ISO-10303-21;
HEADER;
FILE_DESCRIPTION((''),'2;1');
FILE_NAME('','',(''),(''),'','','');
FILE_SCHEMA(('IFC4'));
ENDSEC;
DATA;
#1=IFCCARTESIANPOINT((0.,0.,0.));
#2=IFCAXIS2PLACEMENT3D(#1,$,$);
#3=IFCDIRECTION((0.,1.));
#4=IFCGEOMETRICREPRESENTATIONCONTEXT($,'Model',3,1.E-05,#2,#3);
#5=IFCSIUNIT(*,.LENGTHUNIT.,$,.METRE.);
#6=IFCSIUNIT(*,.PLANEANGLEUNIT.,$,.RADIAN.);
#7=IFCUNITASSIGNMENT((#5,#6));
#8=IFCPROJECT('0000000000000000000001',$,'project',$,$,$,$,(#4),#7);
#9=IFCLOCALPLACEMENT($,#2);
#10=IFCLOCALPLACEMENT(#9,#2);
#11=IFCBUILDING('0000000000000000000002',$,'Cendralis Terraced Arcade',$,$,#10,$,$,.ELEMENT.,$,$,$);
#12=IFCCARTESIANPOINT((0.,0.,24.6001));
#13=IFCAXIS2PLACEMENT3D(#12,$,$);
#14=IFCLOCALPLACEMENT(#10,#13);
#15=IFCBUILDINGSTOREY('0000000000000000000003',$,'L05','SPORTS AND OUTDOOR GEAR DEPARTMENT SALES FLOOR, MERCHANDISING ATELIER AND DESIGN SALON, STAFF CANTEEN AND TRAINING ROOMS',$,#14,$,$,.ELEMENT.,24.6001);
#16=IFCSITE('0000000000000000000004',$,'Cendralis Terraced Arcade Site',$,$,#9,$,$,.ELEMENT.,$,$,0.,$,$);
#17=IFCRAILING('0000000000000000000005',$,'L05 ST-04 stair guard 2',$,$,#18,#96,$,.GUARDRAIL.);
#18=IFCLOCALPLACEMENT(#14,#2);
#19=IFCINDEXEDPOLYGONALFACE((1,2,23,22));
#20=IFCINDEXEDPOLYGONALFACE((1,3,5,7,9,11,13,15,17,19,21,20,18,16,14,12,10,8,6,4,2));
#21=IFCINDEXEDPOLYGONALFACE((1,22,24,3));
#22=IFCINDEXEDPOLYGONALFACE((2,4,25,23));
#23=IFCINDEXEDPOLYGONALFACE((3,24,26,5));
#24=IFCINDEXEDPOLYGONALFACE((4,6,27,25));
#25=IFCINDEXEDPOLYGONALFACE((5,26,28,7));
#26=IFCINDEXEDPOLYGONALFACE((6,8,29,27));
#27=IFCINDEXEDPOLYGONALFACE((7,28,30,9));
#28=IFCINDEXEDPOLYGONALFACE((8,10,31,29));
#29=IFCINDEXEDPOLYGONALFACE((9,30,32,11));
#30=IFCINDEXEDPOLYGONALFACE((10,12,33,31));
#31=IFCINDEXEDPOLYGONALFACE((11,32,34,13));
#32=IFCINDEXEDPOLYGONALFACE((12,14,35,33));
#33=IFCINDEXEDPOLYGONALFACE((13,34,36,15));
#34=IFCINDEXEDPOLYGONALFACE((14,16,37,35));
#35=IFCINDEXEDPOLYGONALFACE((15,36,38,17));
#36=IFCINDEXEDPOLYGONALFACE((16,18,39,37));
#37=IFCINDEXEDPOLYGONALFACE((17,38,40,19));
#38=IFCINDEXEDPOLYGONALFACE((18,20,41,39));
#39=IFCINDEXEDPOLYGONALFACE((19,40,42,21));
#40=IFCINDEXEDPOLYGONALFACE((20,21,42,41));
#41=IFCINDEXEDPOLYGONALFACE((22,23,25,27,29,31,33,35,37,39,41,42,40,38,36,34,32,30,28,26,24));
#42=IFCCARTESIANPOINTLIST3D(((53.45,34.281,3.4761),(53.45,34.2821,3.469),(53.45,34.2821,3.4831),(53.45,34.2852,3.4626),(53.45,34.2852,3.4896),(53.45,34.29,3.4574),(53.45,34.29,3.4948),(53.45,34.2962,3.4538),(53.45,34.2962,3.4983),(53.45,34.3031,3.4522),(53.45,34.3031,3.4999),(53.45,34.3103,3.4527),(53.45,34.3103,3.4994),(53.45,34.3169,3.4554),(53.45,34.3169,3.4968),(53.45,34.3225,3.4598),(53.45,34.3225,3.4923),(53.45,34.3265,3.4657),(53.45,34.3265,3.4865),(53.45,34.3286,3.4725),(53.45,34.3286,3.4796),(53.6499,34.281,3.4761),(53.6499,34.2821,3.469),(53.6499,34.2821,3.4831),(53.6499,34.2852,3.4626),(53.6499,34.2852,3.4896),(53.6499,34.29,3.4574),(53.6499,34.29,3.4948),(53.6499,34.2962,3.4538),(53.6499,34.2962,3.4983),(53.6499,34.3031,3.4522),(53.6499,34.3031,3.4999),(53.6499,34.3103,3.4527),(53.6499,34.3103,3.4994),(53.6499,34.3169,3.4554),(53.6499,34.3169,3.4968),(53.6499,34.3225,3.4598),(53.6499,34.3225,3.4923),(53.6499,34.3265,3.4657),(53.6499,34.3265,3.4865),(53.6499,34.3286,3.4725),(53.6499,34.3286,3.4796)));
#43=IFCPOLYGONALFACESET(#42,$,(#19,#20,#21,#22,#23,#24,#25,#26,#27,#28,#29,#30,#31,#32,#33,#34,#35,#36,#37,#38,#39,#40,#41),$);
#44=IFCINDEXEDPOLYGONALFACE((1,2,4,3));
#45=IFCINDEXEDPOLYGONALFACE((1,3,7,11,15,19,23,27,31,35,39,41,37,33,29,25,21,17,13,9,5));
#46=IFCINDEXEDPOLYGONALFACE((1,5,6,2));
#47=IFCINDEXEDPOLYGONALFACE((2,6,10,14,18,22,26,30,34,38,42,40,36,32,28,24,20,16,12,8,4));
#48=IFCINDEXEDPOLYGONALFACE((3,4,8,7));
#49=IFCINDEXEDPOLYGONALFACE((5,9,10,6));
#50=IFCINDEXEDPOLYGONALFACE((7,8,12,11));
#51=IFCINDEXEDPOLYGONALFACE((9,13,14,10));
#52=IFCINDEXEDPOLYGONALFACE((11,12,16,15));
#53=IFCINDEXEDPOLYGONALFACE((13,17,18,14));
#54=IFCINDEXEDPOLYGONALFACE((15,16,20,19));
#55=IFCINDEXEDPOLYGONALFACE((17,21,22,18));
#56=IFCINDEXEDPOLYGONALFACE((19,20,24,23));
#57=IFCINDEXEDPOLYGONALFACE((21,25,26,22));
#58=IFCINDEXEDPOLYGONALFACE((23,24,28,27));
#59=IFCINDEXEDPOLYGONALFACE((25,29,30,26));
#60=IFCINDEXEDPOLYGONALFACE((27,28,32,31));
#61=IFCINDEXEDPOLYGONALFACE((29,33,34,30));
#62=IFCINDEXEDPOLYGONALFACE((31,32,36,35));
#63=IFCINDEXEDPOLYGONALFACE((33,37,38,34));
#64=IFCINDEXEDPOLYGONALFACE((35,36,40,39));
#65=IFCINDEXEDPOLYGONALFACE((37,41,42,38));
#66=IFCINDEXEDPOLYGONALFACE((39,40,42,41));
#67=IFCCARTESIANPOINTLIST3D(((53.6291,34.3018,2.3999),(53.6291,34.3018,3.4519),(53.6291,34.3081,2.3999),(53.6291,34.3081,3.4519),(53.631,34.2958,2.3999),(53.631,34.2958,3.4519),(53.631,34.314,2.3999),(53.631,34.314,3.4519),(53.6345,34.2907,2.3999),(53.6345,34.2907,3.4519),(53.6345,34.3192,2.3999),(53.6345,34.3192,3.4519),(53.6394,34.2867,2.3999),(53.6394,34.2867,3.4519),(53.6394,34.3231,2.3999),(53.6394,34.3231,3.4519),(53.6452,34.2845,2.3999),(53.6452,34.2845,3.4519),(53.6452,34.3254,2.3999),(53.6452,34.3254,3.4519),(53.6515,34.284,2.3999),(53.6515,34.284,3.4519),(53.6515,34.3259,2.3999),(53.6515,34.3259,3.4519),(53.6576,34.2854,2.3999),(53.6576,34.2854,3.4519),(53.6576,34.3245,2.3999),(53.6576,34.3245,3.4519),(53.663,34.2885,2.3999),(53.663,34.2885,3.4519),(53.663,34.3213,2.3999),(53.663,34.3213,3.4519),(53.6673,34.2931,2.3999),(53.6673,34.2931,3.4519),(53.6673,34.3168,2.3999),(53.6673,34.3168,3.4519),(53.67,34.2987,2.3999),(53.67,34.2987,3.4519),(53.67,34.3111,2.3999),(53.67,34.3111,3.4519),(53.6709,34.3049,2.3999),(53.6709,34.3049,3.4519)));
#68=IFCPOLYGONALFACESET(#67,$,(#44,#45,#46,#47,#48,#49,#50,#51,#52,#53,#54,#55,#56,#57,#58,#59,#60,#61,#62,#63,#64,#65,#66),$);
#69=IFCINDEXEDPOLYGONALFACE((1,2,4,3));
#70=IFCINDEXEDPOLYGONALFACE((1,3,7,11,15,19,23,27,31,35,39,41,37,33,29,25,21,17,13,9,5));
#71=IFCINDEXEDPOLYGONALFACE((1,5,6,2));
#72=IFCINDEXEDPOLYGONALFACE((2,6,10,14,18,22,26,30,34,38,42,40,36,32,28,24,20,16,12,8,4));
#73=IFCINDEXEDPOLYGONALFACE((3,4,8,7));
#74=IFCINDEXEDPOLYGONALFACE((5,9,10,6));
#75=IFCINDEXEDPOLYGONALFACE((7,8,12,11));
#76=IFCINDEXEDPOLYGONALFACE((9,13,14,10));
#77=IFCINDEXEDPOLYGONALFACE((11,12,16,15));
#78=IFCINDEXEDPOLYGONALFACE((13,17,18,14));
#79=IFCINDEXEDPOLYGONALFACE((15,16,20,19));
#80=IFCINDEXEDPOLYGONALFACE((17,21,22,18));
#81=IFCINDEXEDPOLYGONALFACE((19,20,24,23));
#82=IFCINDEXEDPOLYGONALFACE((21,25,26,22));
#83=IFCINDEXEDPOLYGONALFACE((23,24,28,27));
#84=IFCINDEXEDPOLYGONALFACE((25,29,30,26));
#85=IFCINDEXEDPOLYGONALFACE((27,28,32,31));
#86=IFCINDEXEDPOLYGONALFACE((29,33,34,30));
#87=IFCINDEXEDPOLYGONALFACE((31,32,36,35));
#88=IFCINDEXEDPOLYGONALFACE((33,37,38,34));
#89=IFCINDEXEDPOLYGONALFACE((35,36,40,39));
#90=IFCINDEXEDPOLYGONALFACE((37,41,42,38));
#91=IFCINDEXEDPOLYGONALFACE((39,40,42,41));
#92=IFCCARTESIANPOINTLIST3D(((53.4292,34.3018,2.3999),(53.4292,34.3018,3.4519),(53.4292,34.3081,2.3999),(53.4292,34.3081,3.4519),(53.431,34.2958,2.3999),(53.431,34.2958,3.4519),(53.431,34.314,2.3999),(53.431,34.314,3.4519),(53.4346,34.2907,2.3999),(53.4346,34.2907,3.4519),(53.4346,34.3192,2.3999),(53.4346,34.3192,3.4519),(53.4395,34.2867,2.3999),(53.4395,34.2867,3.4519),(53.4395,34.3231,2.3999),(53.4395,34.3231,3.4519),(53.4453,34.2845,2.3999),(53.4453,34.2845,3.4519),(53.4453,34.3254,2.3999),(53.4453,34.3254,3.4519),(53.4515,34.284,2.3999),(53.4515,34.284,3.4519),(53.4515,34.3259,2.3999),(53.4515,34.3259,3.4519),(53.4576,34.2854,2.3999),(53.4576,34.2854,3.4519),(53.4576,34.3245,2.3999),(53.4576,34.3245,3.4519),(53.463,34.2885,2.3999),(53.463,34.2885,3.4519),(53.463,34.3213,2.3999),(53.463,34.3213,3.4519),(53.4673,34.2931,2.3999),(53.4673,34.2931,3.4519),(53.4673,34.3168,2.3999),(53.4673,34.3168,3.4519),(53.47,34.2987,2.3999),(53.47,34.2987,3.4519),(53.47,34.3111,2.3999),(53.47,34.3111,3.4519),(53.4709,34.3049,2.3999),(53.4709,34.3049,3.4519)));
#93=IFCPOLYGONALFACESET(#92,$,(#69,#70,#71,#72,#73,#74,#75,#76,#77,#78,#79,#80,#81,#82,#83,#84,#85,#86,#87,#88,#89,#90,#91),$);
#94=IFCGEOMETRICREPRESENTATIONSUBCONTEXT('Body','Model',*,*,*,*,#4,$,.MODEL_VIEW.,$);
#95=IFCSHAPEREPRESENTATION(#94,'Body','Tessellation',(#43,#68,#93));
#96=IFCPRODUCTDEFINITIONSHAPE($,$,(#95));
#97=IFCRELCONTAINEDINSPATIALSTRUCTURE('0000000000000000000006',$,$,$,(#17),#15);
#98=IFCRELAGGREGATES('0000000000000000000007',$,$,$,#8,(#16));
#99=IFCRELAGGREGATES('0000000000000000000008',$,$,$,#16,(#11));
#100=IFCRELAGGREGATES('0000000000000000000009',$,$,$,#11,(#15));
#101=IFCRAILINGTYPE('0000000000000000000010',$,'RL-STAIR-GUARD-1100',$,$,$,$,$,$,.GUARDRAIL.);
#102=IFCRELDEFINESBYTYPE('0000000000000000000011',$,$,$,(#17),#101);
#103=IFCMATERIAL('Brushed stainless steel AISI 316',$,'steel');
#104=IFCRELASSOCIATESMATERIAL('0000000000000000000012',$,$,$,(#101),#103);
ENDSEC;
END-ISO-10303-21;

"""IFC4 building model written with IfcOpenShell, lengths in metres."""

from ifc_helpers import new_model, si_unit, direction, frame, origin, origin_2d, place, context, subcontext, project, spatial, circle, extrude, material, type_object, element, save


model = new_model("IFC4")

# Units and contexts
model_context = context("Model", 3, precision=1e-05, world=origin(), true_north=direction((0.0, 1.0)))
body_context = subcontext(model_context, "Body", "Model", "MODEL_VIEW")
ifc_project = project(units=[si_unit("LENGTHUNIT", "METRE"), si_unit("PLANEANGLEUNIT", "RADIAN")], contexts=[model_context])

# Site, building, storey
site_placement = place(None, origin())
site = spatial("IfcSite", under=ifc_project, at=site_placement, Name="Cendralis Terraced Arcade Site", CompositionType="ELEMENT", RefElevation=0.0)
building_placement = place(site_placement, origin())
building = spatial("IfcBuilding", under=site, at=building_placement, Name="Cendralis Terraced Arcade", CompositionType="ELEMENT")
storey_placement = place(building_placement, frame((0.0, 0.0, 24.6001)))
storey = spatial("IfcBuildingStorey", under=building, at=storey_placement, Name="L05", Description="SPORTS AND OUTDOOR GEAR DEPARTMENT SALES FLOOR, MERCHANDISING ATELIER AND DESIGN SALON, STAFF CANTEEN AND TRAINING ROOMS", CompositionType="ELEMENT", Elevation=24.6001)

# Railing
ifc_material_1 = material(Name="Brushed stainless steel AISI 316", Category="steel")
railing_type_1 = type_object("IfcRailingType", Name="RL-STAIR-GUARD-1100", PredefinedType="GUARDRAIL", material=ifc_material_1)
railing_1_placement = place(storey_placement, frame((53.6499, 34.3049, 2.3999)))
element("IfcRailing", 1, at=railing_1_placement, inside=storey, type_object=railing_type_1, Name="L05 ST-04 stair guard 2", PredefinedType="GUARDRAIL", context=body_context, shape_type="SweptSolid", body=[
    extrude(circle(Radius=0.0239, at=origin_2d()), frame((0.0, 0.0, 1.0762), z_axis=(-1.0, 0.0, 0.0), x_axis=(0.0, -1.0, 0.0)), (0.0, 0.0, 1.0), 0.2),
    extrude(circle(Radius=0.021, at=origin_2d()), origin(), (0.0, 0.0, 1.0), 1.052),
    extrude(circle(Radius=0.021, at=origin_2d()), frame((-0.2, 0.0, 0.0)), (0.0, 0.0, 1.0), 1.052),
])

save(model, "model.ifc")
